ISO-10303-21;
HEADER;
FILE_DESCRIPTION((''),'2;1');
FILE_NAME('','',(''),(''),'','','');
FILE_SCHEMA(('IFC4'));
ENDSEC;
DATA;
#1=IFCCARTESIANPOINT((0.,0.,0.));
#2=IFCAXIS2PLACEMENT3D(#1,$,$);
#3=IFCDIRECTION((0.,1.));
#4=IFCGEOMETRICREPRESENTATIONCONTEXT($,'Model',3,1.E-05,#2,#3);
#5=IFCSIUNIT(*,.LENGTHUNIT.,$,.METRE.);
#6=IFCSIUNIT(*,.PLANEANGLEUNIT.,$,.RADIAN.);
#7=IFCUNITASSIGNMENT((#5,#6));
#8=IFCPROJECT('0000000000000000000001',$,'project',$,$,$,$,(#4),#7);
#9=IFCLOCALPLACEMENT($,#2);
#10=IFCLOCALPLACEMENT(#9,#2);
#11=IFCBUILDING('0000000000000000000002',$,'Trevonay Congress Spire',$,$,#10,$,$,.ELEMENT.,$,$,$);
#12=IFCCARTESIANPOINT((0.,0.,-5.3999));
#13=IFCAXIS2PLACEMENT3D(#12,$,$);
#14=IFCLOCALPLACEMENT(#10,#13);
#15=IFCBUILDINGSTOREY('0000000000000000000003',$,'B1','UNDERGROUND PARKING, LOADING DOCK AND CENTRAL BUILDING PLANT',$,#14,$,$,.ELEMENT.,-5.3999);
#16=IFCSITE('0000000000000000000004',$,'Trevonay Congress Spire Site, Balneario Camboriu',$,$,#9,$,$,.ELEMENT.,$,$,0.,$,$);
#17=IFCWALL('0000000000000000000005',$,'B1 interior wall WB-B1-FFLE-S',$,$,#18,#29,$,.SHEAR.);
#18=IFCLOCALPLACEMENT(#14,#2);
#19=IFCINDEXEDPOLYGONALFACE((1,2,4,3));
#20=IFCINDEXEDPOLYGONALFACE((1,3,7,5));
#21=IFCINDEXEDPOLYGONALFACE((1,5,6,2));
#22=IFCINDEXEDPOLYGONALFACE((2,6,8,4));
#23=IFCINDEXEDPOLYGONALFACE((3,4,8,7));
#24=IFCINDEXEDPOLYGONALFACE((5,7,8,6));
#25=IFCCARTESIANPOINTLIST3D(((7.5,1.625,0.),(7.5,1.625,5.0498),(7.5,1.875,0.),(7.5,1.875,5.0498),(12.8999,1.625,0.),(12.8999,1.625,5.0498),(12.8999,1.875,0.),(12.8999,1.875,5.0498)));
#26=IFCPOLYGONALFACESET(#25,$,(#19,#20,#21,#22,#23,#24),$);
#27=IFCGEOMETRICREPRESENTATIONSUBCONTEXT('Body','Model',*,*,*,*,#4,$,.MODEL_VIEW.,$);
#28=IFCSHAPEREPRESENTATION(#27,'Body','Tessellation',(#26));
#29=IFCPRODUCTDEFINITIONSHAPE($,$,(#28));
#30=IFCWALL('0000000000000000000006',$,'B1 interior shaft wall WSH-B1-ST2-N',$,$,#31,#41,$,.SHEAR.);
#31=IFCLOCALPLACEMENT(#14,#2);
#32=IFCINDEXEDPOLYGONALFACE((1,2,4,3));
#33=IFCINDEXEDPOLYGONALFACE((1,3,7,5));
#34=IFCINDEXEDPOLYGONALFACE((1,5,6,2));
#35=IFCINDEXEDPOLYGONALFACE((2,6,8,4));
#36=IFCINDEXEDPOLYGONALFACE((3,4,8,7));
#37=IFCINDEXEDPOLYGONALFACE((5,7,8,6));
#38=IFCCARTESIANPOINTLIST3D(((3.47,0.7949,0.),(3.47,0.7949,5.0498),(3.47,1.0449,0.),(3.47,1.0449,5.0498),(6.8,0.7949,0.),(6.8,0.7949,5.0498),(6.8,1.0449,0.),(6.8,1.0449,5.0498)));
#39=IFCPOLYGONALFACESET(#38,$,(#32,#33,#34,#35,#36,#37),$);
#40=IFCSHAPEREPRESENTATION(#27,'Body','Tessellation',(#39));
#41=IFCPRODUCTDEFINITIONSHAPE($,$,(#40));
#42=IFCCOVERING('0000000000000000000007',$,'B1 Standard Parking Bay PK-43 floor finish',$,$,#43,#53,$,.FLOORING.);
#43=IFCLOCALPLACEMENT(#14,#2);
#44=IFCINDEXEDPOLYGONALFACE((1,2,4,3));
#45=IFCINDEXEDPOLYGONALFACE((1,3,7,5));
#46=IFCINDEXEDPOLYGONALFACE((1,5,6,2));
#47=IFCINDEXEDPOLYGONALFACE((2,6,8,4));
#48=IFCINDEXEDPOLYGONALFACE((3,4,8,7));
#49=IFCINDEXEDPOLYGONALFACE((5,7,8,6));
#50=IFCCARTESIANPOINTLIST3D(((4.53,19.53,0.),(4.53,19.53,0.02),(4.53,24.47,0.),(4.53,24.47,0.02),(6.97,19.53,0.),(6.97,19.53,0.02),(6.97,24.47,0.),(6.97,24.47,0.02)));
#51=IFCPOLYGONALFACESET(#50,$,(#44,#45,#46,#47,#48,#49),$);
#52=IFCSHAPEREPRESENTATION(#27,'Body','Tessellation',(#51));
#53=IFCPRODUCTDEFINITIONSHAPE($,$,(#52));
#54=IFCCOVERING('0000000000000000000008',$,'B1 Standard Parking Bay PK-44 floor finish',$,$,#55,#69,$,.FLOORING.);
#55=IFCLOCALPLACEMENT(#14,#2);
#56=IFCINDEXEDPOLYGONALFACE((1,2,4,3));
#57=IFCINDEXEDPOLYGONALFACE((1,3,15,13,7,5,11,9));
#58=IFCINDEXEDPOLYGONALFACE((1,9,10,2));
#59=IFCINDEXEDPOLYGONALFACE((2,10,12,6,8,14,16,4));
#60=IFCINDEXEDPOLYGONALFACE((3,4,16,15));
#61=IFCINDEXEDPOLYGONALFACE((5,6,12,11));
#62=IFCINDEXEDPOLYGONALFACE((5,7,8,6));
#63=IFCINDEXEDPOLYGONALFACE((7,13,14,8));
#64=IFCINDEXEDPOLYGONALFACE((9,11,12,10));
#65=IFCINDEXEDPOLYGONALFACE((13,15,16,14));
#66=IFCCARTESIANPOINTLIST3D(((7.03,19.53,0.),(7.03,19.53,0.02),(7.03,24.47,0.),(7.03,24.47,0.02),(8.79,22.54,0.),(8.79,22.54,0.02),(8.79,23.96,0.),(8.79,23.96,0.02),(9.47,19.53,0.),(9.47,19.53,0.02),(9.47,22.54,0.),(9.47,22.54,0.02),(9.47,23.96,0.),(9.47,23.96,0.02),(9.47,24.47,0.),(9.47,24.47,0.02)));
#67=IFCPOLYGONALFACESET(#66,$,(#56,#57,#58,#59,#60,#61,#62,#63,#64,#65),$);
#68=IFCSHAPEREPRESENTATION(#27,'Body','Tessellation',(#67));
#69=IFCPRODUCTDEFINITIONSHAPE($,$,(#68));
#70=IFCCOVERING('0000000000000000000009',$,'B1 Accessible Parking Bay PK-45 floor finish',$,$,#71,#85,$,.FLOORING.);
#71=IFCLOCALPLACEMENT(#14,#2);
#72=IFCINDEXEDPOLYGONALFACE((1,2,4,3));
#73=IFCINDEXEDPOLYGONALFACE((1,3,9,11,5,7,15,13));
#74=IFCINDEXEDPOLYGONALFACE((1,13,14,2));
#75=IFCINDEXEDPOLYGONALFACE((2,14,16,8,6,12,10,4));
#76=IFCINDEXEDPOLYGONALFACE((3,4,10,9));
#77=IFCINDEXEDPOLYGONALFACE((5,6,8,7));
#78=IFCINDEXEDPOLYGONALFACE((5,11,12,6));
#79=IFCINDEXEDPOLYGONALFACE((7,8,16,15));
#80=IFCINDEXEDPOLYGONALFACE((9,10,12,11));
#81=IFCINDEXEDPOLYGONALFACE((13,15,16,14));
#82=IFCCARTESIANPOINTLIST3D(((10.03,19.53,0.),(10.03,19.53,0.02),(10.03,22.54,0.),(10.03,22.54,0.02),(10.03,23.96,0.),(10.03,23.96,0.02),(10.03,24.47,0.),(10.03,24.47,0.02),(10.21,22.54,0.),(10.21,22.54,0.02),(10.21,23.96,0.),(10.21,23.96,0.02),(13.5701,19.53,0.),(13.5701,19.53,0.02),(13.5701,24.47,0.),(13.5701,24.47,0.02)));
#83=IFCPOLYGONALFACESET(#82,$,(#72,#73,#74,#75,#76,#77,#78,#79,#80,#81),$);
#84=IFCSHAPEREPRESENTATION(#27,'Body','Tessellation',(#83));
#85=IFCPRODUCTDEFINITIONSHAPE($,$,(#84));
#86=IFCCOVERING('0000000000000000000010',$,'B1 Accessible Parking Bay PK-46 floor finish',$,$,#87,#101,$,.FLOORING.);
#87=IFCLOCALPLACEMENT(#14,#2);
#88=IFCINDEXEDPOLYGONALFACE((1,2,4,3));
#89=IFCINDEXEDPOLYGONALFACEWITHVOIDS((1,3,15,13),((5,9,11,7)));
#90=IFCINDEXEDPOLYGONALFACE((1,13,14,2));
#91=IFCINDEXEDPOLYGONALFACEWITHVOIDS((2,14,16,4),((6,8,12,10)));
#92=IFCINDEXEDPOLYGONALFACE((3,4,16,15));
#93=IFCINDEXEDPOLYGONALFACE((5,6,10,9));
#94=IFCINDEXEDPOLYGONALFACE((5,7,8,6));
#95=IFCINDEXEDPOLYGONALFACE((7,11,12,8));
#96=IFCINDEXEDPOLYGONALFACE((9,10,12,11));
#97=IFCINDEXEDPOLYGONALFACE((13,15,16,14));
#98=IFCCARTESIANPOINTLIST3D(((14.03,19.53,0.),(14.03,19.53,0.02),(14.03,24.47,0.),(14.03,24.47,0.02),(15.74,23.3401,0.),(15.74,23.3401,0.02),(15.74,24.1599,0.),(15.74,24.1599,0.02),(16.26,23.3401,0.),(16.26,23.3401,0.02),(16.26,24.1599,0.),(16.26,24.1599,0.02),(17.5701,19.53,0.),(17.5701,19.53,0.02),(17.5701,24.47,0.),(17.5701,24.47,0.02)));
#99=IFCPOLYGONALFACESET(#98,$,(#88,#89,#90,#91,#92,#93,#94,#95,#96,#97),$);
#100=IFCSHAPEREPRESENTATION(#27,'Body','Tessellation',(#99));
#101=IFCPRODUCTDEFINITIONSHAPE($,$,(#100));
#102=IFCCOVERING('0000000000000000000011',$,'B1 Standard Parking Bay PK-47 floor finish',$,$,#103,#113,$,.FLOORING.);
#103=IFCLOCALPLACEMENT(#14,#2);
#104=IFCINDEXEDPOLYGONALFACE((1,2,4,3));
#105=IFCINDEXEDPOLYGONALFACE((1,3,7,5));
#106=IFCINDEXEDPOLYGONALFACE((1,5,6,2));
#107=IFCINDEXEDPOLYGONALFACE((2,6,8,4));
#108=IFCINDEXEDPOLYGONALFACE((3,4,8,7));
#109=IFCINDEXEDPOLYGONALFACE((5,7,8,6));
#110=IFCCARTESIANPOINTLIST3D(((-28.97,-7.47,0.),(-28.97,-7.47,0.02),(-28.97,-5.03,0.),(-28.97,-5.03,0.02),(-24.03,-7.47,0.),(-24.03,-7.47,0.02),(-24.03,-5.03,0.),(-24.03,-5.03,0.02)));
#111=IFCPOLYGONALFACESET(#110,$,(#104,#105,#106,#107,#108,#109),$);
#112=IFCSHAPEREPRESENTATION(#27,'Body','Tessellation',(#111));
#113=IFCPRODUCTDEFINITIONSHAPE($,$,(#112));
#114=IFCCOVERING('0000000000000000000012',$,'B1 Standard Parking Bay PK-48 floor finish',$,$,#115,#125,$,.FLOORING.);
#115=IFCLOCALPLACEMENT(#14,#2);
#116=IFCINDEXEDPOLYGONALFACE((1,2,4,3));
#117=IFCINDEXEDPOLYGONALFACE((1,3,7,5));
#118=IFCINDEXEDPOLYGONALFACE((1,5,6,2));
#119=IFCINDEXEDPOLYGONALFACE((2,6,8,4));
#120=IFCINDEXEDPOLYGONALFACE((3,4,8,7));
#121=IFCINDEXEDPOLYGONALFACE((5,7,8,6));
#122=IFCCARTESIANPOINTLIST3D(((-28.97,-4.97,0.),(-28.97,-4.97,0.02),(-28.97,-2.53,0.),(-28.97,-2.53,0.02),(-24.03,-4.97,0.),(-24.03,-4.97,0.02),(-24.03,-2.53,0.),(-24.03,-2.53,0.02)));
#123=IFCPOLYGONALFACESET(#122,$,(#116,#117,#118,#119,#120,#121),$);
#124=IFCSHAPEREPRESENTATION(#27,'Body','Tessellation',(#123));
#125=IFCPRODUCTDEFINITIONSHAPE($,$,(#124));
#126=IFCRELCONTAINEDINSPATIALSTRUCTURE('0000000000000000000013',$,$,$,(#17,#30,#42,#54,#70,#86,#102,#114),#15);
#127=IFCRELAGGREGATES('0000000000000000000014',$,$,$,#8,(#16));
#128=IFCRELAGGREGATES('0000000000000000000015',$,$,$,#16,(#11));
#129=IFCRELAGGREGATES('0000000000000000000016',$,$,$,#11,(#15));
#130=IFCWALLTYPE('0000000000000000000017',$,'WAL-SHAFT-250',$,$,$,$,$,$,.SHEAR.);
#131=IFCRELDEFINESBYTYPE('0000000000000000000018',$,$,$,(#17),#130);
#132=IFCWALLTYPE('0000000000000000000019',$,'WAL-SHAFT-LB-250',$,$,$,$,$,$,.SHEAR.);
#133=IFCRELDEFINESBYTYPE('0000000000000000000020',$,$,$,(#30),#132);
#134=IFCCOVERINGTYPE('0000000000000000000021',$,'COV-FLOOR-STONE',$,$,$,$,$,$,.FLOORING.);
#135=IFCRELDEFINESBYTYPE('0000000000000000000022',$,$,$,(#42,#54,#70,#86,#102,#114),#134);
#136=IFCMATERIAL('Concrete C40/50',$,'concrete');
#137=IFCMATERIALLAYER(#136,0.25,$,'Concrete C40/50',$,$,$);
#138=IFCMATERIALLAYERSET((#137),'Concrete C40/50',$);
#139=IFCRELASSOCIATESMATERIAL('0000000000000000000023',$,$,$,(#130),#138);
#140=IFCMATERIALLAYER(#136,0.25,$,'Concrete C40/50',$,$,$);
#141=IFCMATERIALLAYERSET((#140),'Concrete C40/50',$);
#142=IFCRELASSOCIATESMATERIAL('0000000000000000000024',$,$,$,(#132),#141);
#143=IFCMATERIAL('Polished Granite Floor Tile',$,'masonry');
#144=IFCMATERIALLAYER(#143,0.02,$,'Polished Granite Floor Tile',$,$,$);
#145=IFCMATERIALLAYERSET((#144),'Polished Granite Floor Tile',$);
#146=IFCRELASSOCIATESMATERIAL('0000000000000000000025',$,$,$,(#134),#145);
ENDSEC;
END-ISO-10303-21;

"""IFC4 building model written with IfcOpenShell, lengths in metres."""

from ifc_helpers import new_model, si_unit, direction, frame, frame_2d, origin, place, context, subcontext, project, spatial, polyline, rectangle, outline, extrude, material, layer, layer_set, type_object, element, save


model = new_model("IFC4")

# Units and contexts
model_context = context("Model", 3, precision=1e-05, world=origin(), true_north=direction((0.0, 1.0)))
body_context = subcontext(model_context, "Body", "Model", "MODEL_VIEW")
ifc_project = project(units=[si_unit("LENGTHUNIT", "METRE"), si_unit("PLANEANGLEUNIT", "RADIAN")], contexts=[model_context])

# Site, building, storey
site_placement = place(None, origin())
site = spatial("IfcSite", under=ifc_project, at=site_placement, Name="Trevonay Congress Spire Site, Balneario Camboriu", CompositionType="ELEMENT", RefElevation=0.0)
building_placement = place(site_placement, origin())
building = spatial("IfcBuilding", under=site, at=building_placement, Name="Trevonay Congress Spire", CompositionType="ELEMENT")
storey_placement = place(building_placement, frame((0.0, 0.0, -5.3999)))
storey = spatial("IfcBuildingStorey", under=building, at=storey_placement, Name="B1", Description="UNDERGROUND PARKING, LOADING DOCK AND CENTRAL BUILDING PLANT", CompositionType="ELEMENT", Elevation=-5.3999)

# Shared definitions
ifc_material_1 = material(Name="Concrete C40/50", Category="concrete")

# Shared definitions
ifc_layer_1 = layer(ifc_material_1, 0.25, Name="Concrete C40/50")
ifc_layer_set_1 = layer_set([ifc_layer_1], Name="Concrete C40/50")
wall_type_1 = type_object("IfcWallType", Name="WAL-SHAFT-250", PredefinedType="SHEAR", material=ifc_layer_set_1)

# Walls
wall_1_placement = place(storey_placement, frame((7.5, 1.75, 0.0), z_axis=(0.0, 0.0, 1.0), x_axis=(1.0, 0.0, 0.0)))
element("IfcWall", 1, at=wall_1_placement, inside=storey, type_object=wall_type_1, Name="B1 interior wall WB-B1-FFLE-S", PredefinedType="SHEAR", context=body_context, shape_type="SweptSolid", body=[
    extrude(rectangle(XDim=5.3999, YDim=0.25, at=frame_2d((2.7, 0.0))), origin(), (0.0, 0.0, 1.0), 5.0498),
])
ifc_layer_2 = layer(ifc_material_1, 0.25, Name="Concrete C40/50")
ifc_layer_set_2 = layer_set([ifc_layer_2], Name="Concrete C40/50")
wall_type_2 = type_object("IfcWallType", Name="WAL-SHAFT-LB-250", PredefinedType="SHEAR", material=ifc_layer_set_2)
wall_2_placement = place(storey_placement, frame((3.47, 0.9199, 0.0), z_axis=(0.0, 0.0, 1.0), x_axis=(1.0, 0.0, 0.0)))
element("IfcWall", 2, at=wall_2_placement, inside=storey, type_object=wall_type_2, Name="B1 interior shaft wall WSH-B1-ST2-N", PredefinedType="SHEAR", context=body_context, shape_type="SweptSolid", body=[
    extrude(rectangle(XDim=3.3301, YDim=0.25, at=frame_2d((1.665, 0.0))), origin(), (0.0, 0.0, 1.0), 5.0498),
])

# Coverings
ifc_material_2 = material(Name="Polished Granite Floor Tile", Category="masonry")
ifc_layer_3 = layer(ifc_material_2, 0.02, Name="Polished Granite Floor Tile")
ifc_layer_set_3 = layer_set([ifc_layer_3], Name="Polished Granite Floor Tile")
covering_type = type_object("IfcCoveringType", Name="COV-FLOOR-STONE", PredefinedType="FLOORING", material=ifc_layer_set_3)
covering_1_placement = place(storey_placement, origin())
element("IfcCovering", 3, at=covering_1_placement, inside=storey, type_object=covering_type, Name="B1 Standard Parking Bay PK-43 floor finish", PredefinedType="FLOORING", context=body_context, shape_type="SweptSolid", body=[
    extrude(outline(polyline([(4.53, 19.53), (6.97, 19.53), (6.97, 24.47), (4.53, 24.47), (4.53, 19.53)])), origin(), (0.0, 0.0, 1.0), 0.02),
])
covering_2_placement = place(storey_placement, origin())
element("IfcCovering", 4, at=covering_2_placement, inside=storey, type_object=covering_type, Name="B1 Standard Parking Bay PK-44 floor finish", PredefinedType="FLOORING", context=body_context, shape_type="SweptSolid", body=[
    extrude(outline(polyline([(9.47, 19.53), (7.03, 19.53), (7.03, 24.47), (9.47, 24.47), (9.47, 23.96), (8.79, 23.96), (8.79, 22.54), (9.47, 22.54), (9.47, 19.53)])), origin(), (0.0, 0.0, 1.0), 0.02),
])
covering_3_placement = place(storey_placement, origin())
element("IfcCovering", 5, at=covering_3_placement, inside=storey, type_object=covering_type, Name="B1 Accessible Parking Bay PK-45 floor finish", PredefinedType="FLOORING", context=body_context, shape_type="SweptSolid", body=[
    extrude(outline(polyline([(10.03, 24.47), (13.5701, 24.47), (13.5701, 19.53), (10.03, 19.53), (10.03, 22.54), (10.21, 22.54), (10.21, 23.96), (10.03, 23.96), (10.03, 24.47)])), origin(), (0.0, 0.0, 1.0), 0.02),
])
covering_4_placement = place(storey_placement, origin())
element("IfcCovering", 6, at=covering_4_placement, inside=storey, type_object=covering_type, Name="B1 Accessible Parking Bay PK-46 floor finish", PredefinedType="FLOORING", context=body_context, shape_type="SweptSolid", body=[
    extrude(outline(polyline([(14.03, 24.47), (17.5701, 24.47), (17.5701, 19.53), (14.03, 19.53), (14.03, 24.47)]), holes=[polyline([(16.26, 23.3401), (16.26, 24.1599), (15.74, 24.1599), (15.74, 23.3401), (16.26, 23.3401)])]), origin(), (0.0, 0.0, 1.0), 0.02),
])
covering_5_placement = place(storey_placement, origin())
element("IfcCovering", 7, at=covering_5_placement, inside=storey, type_object=covering_type, Name="B1 Standard Parking Bay PK-47 floor finish", PredefinedType="FLOORING", context=body_context, shape_type="SweptSolid", body=[
    extrude(outline(polyline([(-28.97, -7.47), (-24.03, -7.47), (-24.03, -5.03), (-28.97, -5.03), (-28.97, -7.47)])), origin(), (0.0, 0.0, 1.0), 0.02),
])
covering_6_placement = place(storey_placement, origin())
element("IfcCovering", 8, at=covering_6_placement, inside=storey, type_object=covering_type, Name="B1 Standard Parking Bay PK-48 floor finish", PredefinedType="FLOORING", context=body_context, shape_type="SweptSolid", body=[
    extrude(outline(polyline([(-28.97, -4.97), (-24.03, -4.97), (-24.03, -2.53), (-28.97, -2.53), (-28.97, -4.97)])), origin(), (0.0, 0.0, 1.0), 0.02),
])

save(model, "model.ifc")
